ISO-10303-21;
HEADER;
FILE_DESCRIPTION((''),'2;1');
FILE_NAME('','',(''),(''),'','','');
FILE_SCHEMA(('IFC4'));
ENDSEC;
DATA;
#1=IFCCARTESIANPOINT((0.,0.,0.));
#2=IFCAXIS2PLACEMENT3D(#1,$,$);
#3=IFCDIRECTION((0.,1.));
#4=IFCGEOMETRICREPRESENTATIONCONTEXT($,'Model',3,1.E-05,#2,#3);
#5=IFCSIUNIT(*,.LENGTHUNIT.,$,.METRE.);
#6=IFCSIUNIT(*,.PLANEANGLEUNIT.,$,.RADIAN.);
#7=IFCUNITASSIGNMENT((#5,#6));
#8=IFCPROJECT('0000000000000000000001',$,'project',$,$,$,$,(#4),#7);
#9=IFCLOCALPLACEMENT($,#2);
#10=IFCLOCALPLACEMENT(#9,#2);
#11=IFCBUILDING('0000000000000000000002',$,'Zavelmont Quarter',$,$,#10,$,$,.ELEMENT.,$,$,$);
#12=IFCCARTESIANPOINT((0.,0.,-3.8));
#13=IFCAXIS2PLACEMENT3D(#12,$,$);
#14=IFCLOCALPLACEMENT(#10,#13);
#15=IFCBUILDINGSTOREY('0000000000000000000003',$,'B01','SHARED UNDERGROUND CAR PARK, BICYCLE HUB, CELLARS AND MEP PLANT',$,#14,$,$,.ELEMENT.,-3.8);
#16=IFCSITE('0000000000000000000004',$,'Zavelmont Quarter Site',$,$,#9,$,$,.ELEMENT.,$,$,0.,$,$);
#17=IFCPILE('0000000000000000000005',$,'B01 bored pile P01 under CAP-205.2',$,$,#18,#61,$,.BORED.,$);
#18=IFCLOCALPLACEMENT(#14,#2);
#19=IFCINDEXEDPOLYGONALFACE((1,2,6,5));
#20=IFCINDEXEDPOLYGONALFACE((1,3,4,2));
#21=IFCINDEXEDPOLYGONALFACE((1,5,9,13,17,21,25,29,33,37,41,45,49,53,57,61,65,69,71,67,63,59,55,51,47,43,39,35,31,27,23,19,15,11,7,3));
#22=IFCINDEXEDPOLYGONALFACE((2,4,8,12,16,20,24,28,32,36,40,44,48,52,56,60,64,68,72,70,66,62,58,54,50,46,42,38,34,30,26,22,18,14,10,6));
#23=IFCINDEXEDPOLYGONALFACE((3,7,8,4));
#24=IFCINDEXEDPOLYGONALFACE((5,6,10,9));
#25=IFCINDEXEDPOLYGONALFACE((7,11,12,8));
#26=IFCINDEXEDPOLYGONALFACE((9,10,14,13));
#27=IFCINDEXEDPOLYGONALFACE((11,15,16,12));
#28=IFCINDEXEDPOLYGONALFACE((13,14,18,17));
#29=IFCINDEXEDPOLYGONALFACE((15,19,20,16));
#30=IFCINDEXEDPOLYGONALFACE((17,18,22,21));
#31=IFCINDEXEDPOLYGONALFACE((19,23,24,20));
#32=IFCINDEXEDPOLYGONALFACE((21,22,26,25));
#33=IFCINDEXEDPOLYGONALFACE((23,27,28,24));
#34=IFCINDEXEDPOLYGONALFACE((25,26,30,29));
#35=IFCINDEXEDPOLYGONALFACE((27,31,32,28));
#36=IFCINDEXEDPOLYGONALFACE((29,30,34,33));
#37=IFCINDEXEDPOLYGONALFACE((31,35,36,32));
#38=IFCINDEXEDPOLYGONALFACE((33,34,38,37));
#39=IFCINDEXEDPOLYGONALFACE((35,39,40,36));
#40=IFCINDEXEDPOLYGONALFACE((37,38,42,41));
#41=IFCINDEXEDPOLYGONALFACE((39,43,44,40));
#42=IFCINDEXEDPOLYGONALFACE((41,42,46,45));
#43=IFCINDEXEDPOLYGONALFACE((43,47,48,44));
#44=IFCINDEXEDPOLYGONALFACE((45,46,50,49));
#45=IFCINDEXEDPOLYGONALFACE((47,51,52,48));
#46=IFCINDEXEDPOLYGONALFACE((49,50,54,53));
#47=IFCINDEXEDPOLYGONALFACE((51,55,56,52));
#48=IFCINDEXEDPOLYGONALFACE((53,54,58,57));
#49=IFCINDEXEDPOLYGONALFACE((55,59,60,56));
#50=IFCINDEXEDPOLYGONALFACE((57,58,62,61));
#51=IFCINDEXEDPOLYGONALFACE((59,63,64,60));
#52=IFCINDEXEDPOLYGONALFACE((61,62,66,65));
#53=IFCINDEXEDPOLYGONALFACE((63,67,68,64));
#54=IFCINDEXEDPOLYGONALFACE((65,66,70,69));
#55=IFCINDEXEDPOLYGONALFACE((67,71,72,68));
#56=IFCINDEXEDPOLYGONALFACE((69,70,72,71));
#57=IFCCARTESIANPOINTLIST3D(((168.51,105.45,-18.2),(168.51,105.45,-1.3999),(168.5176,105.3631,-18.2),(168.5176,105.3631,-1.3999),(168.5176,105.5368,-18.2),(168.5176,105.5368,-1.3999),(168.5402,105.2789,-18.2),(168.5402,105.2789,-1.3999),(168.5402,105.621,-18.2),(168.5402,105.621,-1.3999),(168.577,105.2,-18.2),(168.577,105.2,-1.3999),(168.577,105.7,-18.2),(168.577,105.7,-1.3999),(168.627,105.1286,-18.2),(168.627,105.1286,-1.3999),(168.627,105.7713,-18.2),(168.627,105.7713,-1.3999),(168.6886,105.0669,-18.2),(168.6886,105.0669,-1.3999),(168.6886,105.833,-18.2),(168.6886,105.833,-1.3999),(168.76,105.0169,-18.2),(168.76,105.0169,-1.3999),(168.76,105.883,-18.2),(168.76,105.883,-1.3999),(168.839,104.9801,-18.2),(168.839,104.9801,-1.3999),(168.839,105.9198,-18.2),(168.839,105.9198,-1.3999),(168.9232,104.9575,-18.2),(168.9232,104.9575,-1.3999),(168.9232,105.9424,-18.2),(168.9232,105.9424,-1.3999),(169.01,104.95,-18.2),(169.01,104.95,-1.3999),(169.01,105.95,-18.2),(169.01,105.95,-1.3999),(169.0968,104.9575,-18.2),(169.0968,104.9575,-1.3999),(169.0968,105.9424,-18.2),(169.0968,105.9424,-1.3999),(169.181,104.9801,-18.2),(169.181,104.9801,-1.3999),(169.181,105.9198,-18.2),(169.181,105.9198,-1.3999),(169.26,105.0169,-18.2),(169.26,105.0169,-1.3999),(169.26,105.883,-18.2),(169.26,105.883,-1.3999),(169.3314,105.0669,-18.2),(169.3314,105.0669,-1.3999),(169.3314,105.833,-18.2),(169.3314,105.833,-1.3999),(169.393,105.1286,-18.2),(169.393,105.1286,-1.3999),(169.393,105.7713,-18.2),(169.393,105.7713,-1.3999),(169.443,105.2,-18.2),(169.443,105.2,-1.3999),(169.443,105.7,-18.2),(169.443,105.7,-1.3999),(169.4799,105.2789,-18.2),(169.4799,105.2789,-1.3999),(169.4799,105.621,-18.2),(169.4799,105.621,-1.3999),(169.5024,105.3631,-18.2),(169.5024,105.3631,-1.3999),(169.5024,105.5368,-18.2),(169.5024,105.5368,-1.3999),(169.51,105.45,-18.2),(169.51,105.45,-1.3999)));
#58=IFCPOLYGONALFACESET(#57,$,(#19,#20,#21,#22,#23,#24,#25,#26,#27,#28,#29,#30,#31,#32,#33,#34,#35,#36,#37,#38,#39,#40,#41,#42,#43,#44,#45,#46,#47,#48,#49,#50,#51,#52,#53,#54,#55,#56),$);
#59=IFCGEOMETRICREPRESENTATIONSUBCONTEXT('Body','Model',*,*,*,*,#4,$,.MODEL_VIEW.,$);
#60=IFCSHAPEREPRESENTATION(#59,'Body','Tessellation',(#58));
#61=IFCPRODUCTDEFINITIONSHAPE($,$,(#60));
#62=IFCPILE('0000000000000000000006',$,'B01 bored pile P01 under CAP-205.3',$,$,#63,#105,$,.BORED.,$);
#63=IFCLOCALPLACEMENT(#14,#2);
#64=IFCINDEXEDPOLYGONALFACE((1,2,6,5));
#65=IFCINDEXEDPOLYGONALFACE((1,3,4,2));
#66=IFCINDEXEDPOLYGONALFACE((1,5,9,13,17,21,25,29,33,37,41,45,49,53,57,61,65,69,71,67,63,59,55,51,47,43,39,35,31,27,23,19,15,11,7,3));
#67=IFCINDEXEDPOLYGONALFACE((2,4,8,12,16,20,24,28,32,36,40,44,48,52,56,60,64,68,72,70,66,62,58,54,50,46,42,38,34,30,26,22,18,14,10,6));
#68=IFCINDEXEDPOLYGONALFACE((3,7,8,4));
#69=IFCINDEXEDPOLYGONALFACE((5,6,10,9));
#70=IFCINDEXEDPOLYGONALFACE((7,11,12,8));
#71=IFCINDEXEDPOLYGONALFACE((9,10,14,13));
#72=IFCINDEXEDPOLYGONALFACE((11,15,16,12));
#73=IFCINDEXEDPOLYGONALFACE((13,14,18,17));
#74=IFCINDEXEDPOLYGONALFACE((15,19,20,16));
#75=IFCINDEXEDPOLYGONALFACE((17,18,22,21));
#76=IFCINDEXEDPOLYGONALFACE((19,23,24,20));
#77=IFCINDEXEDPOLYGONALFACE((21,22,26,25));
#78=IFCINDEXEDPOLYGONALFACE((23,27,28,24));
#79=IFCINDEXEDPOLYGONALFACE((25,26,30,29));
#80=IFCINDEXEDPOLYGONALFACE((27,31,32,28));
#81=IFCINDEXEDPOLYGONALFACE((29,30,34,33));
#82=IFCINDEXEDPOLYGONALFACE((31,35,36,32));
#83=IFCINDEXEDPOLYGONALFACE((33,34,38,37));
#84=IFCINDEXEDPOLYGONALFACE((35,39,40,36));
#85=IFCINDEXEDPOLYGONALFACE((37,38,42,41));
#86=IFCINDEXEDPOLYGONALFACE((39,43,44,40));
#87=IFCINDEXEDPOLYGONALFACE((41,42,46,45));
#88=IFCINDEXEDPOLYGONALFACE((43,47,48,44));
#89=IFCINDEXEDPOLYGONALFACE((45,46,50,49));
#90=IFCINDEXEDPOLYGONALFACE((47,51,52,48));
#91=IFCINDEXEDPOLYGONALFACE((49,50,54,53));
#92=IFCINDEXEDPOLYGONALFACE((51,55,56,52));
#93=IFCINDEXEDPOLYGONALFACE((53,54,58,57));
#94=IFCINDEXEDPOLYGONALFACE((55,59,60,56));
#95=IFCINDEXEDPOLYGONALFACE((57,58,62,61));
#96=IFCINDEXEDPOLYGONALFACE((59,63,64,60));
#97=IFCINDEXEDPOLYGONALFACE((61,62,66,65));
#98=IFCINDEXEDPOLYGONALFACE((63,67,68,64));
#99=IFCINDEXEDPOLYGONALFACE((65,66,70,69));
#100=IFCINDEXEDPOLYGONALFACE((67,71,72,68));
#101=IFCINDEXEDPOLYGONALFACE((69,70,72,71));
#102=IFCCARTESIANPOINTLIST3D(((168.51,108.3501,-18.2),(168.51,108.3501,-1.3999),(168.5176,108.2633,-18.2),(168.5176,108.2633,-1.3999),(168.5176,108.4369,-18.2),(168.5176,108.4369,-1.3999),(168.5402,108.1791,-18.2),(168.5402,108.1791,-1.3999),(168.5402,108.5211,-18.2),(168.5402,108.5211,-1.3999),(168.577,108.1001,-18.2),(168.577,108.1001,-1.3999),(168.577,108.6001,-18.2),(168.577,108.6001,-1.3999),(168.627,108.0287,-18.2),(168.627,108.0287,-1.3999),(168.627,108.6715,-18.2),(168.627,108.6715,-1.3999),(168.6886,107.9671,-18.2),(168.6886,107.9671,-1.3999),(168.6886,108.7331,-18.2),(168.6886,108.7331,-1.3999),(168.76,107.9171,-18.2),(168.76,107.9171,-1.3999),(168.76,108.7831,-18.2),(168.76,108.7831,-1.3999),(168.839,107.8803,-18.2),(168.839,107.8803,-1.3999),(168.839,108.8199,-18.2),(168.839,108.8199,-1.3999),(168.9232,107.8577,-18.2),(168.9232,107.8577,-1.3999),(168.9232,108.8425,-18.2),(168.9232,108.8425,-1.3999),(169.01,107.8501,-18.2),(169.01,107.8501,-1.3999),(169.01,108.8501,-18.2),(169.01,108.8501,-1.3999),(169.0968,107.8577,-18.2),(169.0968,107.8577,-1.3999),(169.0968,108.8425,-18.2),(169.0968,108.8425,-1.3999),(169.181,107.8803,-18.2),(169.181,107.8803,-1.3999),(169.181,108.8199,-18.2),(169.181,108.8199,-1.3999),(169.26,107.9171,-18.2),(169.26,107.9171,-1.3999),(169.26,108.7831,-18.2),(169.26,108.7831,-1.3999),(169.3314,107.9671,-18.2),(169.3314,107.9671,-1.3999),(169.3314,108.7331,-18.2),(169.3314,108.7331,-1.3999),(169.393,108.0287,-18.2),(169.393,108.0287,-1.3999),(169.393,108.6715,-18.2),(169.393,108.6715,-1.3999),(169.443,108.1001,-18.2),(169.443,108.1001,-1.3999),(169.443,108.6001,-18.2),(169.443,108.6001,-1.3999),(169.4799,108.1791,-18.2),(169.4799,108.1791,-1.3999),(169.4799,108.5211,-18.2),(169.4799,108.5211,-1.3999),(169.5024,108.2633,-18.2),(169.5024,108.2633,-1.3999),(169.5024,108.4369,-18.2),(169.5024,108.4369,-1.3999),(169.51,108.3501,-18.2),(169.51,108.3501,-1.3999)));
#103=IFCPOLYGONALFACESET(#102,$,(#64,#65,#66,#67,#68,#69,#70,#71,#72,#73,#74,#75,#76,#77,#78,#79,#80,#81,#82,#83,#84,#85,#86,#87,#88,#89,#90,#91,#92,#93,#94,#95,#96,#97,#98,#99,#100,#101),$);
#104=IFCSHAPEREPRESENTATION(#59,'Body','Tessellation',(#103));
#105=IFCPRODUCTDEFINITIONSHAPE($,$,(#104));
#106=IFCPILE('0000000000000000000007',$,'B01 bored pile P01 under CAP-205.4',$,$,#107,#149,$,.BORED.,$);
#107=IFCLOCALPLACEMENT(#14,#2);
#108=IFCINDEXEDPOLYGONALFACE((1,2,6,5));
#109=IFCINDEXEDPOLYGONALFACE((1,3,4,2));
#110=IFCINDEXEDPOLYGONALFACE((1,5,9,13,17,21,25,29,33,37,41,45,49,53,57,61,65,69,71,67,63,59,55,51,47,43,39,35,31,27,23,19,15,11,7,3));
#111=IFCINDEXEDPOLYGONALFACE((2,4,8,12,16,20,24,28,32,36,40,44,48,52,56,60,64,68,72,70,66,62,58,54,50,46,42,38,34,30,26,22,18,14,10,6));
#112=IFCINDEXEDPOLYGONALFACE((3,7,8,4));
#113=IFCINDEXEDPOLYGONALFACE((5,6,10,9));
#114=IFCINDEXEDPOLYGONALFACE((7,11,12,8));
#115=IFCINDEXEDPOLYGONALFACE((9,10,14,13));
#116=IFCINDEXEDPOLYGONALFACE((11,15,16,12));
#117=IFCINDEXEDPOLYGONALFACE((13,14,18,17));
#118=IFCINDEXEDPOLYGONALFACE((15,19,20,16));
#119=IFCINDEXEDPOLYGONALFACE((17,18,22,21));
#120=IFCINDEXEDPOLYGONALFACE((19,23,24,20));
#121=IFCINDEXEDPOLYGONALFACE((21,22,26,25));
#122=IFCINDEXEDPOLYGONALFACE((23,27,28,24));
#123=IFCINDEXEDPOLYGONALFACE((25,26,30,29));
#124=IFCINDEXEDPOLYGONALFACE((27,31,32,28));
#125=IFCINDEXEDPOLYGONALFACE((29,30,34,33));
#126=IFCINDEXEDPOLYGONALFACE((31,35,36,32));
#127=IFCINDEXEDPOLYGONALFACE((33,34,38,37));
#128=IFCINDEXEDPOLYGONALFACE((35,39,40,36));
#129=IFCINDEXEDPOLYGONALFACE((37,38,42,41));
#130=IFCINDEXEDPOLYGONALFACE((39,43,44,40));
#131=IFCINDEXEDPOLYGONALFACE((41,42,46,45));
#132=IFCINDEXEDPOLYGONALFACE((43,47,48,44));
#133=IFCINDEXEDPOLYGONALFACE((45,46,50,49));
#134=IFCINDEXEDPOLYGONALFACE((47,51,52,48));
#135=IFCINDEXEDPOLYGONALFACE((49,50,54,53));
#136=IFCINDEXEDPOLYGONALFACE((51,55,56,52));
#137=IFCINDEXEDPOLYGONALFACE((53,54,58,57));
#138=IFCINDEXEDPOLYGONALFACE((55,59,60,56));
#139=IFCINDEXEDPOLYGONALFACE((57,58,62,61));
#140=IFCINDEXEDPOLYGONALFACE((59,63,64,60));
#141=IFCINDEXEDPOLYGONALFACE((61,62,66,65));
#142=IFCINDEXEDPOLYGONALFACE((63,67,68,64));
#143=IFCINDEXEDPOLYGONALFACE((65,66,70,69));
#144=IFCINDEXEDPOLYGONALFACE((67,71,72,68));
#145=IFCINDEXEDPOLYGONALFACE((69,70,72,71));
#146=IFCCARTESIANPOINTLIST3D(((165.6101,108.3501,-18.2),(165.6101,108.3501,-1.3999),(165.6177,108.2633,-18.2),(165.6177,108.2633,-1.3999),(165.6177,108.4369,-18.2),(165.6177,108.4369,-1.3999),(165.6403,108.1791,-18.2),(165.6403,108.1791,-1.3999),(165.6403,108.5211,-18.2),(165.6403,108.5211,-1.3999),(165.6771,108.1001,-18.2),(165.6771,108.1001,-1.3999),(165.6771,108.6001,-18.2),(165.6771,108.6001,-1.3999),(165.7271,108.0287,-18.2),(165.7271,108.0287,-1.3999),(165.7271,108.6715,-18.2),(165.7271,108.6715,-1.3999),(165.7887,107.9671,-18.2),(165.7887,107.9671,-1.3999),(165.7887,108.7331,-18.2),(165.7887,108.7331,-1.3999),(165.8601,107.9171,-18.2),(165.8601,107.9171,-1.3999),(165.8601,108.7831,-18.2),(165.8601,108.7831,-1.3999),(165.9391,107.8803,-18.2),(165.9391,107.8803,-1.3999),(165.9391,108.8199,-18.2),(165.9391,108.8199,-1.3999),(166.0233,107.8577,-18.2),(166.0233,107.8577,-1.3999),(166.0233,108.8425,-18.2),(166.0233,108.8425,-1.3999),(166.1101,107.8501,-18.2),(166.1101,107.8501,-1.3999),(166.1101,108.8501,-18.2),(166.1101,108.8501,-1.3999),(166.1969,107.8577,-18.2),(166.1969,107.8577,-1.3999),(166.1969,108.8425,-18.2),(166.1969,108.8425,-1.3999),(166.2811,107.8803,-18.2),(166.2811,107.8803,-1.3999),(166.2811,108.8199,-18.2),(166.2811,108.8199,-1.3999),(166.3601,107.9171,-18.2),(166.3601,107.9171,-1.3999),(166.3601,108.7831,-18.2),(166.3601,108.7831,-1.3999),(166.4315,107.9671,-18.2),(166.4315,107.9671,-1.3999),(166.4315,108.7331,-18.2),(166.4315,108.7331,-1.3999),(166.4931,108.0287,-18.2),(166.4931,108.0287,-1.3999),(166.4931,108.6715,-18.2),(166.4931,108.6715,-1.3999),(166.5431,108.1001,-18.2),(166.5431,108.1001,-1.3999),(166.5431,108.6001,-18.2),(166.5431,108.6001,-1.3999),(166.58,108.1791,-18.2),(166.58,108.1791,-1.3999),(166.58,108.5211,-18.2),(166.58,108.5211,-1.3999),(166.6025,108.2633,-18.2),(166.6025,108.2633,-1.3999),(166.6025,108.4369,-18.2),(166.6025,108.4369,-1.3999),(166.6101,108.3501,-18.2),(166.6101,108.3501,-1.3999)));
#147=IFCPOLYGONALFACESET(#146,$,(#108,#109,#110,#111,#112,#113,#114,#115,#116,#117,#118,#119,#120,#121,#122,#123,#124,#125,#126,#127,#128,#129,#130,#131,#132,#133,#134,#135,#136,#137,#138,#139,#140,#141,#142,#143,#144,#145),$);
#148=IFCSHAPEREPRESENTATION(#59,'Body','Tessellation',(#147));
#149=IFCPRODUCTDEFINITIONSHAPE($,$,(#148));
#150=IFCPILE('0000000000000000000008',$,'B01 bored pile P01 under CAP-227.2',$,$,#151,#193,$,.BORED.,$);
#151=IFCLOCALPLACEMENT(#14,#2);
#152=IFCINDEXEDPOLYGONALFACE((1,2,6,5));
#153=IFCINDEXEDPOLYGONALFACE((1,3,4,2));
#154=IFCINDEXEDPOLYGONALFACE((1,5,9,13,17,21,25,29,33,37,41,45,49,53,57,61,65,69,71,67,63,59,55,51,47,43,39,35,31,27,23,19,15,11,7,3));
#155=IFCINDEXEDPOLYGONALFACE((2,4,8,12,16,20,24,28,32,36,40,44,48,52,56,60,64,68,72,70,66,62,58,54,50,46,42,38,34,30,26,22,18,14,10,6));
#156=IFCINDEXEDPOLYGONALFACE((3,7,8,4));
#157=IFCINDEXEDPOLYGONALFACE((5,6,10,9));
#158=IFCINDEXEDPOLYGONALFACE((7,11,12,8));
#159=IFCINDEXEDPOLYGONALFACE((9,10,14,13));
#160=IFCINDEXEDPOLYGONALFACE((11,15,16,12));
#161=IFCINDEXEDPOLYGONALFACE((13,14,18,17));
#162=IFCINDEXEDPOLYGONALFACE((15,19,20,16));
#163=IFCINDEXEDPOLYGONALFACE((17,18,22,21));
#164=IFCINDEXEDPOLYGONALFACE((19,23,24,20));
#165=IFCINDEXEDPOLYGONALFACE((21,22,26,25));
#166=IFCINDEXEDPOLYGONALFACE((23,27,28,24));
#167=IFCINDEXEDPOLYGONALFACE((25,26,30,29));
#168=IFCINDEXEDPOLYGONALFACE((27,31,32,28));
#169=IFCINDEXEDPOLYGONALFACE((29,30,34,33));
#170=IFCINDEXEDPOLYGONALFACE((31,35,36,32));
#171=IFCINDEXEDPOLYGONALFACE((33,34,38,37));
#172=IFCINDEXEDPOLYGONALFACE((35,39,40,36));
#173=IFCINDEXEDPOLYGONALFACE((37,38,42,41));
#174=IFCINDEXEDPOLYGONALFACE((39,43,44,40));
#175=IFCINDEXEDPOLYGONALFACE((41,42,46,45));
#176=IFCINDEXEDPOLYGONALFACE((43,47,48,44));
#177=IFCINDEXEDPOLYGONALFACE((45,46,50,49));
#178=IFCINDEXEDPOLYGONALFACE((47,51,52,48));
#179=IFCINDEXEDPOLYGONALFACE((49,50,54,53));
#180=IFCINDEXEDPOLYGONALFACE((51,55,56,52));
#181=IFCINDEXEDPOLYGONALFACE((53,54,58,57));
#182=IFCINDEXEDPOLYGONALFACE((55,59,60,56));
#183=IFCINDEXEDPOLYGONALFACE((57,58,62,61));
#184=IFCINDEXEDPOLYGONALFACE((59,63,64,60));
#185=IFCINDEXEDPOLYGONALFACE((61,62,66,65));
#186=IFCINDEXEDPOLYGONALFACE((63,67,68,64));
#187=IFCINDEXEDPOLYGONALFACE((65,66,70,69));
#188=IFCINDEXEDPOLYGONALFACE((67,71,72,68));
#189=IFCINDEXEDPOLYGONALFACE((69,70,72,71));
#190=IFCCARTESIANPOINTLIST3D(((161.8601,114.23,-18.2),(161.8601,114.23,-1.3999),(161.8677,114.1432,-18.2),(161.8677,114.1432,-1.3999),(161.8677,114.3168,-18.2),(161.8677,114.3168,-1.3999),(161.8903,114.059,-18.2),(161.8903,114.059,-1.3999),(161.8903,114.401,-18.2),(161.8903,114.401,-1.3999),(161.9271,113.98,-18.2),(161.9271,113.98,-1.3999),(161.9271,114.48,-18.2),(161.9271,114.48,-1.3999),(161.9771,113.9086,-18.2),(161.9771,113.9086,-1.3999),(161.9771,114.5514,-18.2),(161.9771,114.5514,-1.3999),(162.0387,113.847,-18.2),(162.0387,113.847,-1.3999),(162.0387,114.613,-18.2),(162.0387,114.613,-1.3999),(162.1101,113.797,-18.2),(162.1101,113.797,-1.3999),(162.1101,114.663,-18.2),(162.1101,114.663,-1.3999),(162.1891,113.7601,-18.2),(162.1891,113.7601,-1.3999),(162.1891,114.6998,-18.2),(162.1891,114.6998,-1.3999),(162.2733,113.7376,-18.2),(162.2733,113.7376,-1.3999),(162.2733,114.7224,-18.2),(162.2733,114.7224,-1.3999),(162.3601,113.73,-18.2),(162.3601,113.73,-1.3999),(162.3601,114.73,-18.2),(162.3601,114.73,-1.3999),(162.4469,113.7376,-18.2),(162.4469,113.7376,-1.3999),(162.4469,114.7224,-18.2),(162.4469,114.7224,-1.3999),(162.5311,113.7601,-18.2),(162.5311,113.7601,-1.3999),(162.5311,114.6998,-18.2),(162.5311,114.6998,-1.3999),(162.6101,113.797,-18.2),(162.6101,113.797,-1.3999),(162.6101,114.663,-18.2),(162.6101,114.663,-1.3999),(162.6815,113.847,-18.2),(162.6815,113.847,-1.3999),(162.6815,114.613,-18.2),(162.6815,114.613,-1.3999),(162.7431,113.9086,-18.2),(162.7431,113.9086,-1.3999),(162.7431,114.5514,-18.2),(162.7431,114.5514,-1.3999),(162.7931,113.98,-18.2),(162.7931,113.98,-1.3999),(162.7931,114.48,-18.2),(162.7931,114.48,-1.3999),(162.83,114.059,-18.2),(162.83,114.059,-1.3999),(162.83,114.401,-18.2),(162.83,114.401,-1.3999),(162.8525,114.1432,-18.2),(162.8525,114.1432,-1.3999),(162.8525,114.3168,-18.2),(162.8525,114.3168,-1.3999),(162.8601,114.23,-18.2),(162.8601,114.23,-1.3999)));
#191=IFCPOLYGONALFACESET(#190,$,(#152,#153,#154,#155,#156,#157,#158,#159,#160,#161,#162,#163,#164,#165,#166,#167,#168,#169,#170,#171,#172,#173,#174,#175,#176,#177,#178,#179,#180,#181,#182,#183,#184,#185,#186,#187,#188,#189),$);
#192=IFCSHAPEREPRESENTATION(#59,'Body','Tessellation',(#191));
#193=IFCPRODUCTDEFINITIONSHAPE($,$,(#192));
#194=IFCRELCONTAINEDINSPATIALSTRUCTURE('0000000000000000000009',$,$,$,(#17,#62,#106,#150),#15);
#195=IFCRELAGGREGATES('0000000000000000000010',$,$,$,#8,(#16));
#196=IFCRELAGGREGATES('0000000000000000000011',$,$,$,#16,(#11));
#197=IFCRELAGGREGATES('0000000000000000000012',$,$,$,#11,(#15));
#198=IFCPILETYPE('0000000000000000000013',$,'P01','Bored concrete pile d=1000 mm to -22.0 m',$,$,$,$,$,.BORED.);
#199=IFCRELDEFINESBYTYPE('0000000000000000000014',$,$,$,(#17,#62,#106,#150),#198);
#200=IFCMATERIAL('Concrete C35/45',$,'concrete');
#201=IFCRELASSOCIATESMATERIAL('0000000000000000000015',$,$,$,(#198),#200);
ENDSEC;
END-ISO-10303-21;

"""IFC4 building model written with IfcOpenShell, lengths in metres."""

from ifc_helpers import new_model, si_unit, direction, frame, origin, origin_2d, place, context, subcontext, project, spatial, circle, extrude, material, material_profile, profile_set, type_object, element, save


model = new_model("IFC4")

# Units and contexts
model_context = context("Model", 3, precision=1e-05, world=origin(), true_north=direction((0.0, 1.0)))
body_context = subcontext(model_context, "Body", "Model", "MODEL_VIEW")
ifc_project = project(units=[si_unit("LENGTHUNIT", "METRE"), si_unit("PLANEANGLEUNIT", "RADIAN")], contexts=[model_context])

# Site, building, storey
site_placement = place(None, origin())
site = spatial("IfcSite", under=ifc_project, at=site_placement, Name="Zavelmont Quarter Site", CompositionType="ELEMENT", RefElevation=0.0)
building_placement = place(site_placement, origin())
building = spatial("IfcBuilding", under=site, at=building_placement, Name="Zavelmont Quarter", CompositionType="ELEMENT")
storey_placement = place(building_placement, frame((0.0, 0.0, -3.8)))
storey = spatial("IfcBuildingStorey", under=building, at=storey_placement, Name="B01", Description="SHARED UNDERGROUND CAR PARK, BICYCLE HUB, CELLARS AND MEP PLANT", CompositionType="ELEMENT", Elevation=-3.8)

# Shared definitions
ifc_material_1 = material(Name="Concrete C35/45", Category="concrete")

# Piles
ifc_material_profile_1 = material_profile(ifc_material_1, circle(Radius=0.5, at=origin_2d()), Name="BP1000")
ifc_profile_set_1 = profile_set([ifc_material_profile_1], Name="Concrete C35/45")
pile_type_1 = type_object("IfcPileType", Name="P01", Description="Bored concrete pile d=1000 mm to -22.0 m", PredefinedType="BORED", material=ifc_profile_set_1)
for number, where, z_axis, x_axis, name in (
    (1, (169.01, 105.45, -1.3999), (0.0, 0.0, -1.0), (1.0, 0.0, 0.0), "B01 bored pile P01 under CAP-205.2"),
    (2, (169.01, 108.3501, -1.3999), (0.0, 0.0, -1.0), (1.0, 0.0, 0.0), "B01 bored pile P01 under CAP-205.3"),
    (3, (166.1101, 108.3501, -1.3999), (0.0, 0.0, -1.0), (1.0, 0.0, 0.0), "B01 bored pile P01 under CAP-205.4"),
    (4, (162.3601, 114.23, -1.3999), (0.0, 0.0, -1.0), (1.0, 0.0, 0.0), "B01 bored pile P01 under CAP-227.2"),
):
    element("IfcPile", number, at=place(storey_placement, frame(where, z_axis=z_axis, x_axis=x_axis)), inside=storey, type_object=pile_type_1, Name=name, PredefinedType="BORED", context=body_context, shape_type="SweptSolid", body=[
        extrude(circle(Radius=0.5, at=origin_2d()), origin(), (0.0, 0.0, 1.0), 16.8),
    ])

save(model, "model.ifc")
